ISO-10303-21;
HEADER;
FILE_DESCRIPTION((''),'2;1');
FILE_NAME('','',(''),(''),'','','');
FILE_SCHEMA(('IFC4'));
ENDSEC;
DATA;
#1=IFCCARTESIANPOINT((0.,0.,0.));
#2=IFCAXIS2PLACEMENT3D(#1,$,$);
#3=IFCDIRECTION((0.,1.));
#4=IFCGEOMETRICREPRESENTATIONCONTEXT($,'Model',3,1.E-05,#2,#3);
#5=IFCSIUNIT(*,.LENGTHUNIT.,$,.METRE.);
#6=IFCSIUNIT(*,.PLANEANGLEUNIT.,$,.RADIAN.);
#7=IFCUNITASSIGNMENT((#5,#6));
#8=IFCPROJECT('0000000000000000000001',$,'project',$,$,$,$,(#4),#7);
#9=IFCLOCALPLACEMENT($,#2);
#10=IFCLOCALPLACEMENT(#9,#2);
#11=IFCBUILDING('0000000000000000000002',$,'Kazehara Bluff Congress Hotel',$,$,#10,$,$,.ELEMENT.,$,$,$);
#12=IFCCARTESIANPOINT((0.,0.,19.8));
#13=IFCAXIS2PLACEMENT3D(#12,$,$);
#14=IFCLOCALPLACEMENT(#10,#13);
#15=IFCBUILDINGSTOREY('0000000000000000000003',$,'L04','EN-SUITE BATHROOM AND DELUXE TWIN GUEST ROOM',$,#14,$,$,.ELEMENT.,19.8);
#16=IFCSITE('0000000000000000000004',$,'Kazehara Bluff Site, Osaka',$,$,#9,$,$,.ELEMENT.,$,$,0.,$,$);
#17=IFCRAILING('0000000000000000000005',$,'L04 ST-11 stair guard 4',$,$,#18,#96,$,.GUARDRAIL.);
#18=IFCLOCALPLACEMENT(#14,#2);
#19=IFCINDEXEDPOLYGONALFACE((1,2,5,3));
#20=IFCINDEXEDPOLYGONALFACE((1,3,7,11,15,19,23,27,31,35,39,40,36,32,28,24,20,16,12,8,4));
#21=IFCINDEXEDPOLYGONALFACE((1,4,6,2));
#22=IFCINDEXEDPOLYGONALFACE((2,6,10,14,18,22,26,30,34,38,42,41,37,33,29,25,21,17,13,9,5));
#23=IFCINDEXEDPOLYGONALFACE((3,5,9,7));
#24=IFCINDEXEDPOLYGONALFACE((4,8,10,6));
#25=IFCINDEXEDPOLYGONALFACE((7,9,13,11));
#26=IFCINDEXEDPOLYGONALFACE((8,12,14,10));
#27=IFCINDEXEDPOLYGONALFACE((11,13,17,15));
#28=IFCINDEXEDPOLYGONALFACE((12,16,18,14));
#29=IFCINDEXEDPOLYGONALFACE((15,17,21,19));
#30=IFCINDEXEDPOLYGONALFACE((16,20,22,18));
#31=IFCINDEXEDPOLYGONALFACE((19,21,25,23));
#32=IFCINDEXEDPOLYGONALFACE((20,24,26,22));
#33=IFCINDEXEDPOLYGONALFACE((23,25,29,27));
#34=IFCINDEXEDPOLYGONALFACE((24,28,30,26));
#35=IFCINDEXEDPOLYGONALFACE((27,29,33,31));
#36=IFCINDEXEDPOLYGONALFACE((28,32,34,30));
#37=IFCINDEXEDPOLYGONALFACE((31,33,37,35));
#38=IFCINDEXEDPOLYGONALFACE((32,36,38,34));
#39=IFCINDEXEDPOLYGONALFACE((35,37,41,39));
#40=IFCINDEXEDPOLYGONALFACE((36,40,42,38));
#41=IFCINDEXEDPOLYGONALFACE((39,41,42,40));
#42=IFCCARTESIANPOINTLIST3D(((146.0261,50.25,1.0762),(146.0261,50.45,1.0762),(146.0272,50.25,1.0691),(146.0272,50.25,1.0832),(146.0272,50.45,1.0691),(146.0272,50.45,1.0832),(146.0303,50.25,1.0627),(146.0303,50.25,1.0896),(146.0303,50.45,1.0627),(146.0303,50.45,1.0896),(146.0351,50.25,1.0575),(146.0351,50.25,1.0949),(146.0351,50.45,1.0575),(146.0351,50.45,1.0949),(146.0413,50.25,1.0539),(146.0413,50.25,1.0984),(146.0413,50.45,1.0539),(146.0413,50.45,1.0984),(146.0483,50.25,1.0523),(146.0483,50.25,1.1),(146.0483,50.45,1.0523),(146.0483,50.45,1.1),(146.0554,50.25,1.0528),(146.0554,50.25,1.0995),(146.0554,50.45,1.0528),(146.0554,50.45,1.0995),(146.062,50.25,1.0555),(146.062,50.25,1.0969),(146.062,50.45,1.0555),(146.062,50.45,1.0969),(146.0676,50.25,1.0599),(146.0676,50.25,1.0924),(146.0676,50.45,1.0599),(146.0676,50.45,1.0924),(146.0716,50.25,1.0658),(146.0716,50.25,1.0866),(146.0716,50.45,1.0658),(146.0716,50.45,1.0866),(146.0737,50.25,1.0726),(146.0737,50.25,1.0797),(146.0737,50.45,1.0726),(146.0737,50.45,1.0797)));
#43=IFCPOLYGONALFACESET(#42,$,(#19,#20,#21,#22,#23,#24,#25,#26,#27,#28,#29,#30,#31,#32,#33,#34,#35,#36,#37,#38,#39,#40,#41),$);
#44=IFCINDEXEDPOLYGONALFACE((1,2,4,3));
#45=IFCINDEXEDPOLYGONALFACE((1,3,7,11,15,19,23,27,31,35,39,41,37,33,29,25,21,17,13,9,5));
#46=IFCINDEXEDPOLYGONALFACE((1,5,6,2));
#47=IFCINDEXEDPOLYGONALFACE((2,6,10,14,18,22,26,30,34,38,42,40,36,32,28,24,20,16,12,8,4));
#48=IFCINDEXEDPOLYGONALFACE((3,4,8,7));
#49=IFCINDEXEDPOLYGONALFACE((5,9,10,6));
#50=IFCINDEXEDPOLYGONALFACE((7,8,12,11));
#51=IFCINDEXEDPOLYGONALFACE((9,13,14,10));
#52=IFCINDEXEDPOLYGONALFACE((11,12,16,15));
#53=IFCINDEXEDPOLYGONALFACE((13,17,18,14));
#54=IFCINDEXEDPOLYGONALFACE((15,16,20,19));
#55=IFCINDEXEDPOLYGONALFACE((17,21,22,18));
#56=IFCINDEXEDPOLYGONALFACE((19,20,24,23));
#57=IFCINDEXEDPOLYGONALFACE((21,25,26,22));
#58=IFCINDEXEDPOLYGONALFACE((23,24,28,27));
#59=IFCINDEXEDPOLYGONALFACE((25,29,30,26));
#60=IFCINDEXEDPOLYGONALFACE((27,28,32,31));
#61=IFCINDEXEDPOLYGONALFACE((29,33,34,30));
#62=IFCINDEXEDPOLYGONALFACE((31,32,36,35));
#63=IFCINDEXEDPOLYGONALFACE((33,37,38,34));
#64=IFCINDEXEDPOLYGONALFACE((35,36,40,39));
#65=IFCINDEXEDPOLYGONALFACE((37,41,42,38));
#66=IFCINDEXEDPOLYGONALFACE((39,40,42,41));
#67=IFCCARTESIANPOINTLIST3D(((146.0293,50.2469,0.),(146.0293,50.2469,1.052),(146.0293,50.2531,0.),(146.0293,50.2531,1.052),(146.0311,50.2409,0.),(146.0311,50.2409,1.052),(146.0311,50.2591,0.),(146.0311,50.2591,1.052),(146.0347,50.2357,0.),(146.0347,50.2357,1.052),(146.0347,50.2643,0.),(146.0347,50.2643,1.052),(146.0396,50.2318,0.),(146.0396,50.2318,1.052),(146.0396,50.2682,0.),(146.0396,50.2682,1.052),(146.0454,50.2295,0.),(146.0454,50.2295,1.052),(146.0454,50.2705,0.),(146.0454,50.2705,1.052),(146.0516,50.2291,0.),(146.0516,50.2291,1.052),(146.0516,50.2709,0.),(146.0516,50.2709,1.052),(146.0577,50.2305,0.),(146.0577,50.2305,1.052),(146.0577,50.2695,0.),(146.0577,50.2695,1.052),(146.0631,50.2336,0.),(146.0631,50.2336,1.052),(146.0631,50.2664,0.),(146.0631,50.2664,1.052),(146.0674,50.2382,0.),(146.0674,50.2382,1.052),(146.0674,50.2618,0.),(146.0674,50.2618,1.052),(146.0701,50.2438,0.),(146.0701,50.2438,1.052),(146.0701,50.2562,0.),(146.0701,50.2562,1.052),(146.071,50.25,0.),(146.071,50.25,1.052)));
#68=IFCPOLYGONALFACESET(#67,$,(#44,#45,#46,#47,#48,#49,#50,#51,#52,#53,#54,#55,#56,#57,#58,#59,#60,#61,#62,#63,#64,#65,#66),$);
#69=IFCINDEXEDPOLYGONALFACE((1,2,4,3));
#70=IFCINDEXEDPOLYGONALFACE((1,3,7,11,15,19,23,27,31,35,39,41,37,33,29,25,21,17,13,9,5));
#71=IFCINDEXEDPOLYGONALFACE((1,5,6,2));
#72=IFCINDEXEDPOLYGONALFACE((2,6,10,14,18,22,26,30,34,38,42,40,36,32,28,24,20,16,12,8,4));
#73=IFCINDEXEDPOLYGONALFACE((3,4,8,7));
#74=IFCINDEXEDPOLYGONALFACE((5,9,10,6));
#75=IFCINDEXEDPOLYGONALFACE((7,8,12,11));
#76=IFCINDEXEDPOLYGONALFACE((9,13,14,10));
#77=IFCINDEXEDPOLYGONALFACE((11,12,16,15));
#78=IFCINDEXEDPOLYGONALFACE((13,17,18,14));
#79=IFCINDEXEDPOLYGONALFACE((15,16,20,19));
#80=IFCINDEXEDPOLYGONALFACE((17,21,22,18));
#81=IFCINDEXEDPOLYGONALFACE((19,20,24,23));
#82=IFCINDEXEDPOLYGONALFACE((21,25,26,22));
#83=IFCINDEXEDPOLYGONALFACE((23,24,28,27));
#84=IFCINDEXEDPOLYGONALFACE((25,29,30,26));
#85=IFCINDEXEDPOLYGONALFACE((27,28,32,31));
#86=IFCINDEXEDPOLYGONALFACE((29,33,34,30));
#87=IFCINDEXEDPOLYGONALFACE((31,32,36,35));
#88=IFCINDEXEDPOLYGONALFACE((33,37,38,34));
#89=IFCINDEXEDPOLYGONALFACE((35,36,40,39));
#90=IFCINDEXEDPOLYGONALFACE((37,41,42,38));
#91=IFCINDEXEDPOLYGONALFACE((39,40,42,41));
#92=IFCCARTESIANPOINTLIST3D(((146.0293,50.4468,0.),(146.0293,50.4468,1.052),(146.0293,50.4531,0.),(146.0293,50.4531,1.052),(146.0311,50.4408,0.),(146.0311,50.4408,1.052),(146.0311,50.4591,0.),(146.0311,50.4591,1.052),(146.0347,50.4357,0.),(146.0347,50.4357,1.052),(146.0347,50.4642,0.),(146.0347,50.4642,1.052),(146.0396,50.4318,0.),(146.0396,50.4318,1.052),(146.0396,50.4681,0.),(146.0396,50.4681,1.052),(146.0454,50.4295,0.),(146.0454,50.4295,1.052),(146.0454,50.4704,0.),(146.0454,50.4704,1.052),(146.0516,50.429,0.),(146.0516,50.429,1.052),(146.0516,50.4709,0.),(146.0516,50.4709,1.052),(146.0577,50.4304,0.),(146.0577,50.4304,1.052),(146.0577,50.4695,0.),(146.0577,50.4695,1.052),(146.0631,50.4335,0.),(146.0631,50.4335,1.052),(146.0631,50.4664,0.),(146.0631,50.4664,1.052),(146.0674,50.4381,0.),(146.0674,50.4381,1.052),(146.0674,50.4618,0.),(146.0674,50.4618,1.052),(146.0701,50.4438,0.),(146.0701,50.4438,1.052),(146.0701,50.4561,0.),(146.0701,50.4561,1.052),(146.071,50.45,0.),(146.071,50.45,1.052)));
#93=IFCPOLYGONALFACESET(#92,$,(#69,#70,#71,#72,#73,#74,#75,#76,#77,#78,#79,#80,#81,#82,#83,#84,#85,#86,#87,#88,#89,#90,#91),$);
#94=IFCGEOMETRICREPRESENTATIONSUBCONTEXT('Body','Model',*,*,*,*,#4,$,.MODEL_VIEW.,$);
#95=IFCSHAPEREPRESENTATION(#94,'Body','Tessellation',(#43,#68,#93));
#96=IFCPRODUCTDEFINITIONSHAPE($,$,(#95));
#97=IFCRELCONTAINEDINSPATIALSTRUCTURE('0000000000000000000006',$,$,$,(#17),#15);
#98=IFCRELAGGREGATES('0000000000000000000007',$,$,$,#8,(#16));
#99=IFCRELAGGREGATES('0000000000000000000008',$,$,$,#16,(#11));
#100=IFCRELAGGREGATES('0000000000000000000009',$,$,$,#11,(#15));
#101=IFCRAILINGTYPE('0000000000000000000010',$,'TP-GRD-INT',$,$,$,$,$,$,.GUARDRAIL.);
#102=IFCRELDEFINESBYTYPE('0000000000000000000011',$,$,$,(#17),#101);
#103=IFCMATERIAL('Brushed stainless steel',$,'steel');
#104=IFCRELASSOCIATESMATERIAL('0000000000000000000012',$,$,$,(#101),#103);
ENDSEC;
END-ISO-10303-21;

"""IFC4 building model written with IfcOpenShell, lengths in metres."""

from ifc_helpers import new_model, si_unit, direction, frame, origin, origin_2d, place, context, subcontext, project, spatial, circle, extrude, material, type_object, element, save


model = new_model("IFC4")

# Units and contexts
model_context = context("Model", 3, precision=1e-05, world=origin(), true_north=direction((0.0, 1.0)))
body_context = subcontext(model_context, "Body", "Model", "MODEL_VIEW")
ifc_project = project(units=[si_unit("LENGTHUNIT", "METRE"), si_unit("PLANEANGLEUNIT", "RADIAN")], contexts=[model_context])

# Site, building, storey
site_placement = place(None, origin())
site = spatial("IfcSite", under=ifc_project, at=site_placement, Name="Kazehara Bluff Site, Osaka", CompositionType="ELEMENT", RefElevation=0.0)
building_placement = place(site_placement, origin())
building = spatial("IfcBuilding", under=site, at=building_placement, Name="Kazehara Bluff Congress Hotel", CompositionType="ELEMENT")
storey_placement = place(building_placement, frame((0.0, 0.0, 19.8)))
storey = spatial("IfcBuildingStorey", under=building, at=storey_placement, Name="L04", Description="EN-SUITE BATHROOM AND DELUXE TWIN GUEST ROOM", CompositionType="ELEMENT", Elevation=19.8)

# Railing
ifc_material_1 = material(Name="Brushed stainless steel", Category="steel")
railing_type_1 = type_object("IfcRailingType", Name="TP-GRD-INT", PredefinedType="GUARDRAIL", material=ifc_material_1)
railing_1_placement = place(storey_placement, frame((146.05, 50.25, 0.0)))
element("IfcRailing", 1, at=railing_1_placement, inside=storey, type_object=railing_type_1, Name="L04 ST-11 stair guard 4", PredefinedType="GUARDRAIL", context=body_context, shape_type="SweptSolid", body=[
    extrude(circle(Radius=0.0239, at=origin_2d()), frame((0.0, 0.0, 1.0762), z_axis=(0.0, 1.0, 0.0), x_axis=(-1.0, 0.0, 0.0)), (0.0, 0.0, 1.0), 0.2),
    extrude(circle(Radius=0.021, at=origin_2d()), origin(), (0.0, 0.0, 1.0), 1.052),
    extrude(circle(Radius=0.021, at=origin_2d()), frame((0.0, 0.2, 0.0)), (0.0, 0.0, 1.0), 1.052),
])

save(model, "model.ifc")
